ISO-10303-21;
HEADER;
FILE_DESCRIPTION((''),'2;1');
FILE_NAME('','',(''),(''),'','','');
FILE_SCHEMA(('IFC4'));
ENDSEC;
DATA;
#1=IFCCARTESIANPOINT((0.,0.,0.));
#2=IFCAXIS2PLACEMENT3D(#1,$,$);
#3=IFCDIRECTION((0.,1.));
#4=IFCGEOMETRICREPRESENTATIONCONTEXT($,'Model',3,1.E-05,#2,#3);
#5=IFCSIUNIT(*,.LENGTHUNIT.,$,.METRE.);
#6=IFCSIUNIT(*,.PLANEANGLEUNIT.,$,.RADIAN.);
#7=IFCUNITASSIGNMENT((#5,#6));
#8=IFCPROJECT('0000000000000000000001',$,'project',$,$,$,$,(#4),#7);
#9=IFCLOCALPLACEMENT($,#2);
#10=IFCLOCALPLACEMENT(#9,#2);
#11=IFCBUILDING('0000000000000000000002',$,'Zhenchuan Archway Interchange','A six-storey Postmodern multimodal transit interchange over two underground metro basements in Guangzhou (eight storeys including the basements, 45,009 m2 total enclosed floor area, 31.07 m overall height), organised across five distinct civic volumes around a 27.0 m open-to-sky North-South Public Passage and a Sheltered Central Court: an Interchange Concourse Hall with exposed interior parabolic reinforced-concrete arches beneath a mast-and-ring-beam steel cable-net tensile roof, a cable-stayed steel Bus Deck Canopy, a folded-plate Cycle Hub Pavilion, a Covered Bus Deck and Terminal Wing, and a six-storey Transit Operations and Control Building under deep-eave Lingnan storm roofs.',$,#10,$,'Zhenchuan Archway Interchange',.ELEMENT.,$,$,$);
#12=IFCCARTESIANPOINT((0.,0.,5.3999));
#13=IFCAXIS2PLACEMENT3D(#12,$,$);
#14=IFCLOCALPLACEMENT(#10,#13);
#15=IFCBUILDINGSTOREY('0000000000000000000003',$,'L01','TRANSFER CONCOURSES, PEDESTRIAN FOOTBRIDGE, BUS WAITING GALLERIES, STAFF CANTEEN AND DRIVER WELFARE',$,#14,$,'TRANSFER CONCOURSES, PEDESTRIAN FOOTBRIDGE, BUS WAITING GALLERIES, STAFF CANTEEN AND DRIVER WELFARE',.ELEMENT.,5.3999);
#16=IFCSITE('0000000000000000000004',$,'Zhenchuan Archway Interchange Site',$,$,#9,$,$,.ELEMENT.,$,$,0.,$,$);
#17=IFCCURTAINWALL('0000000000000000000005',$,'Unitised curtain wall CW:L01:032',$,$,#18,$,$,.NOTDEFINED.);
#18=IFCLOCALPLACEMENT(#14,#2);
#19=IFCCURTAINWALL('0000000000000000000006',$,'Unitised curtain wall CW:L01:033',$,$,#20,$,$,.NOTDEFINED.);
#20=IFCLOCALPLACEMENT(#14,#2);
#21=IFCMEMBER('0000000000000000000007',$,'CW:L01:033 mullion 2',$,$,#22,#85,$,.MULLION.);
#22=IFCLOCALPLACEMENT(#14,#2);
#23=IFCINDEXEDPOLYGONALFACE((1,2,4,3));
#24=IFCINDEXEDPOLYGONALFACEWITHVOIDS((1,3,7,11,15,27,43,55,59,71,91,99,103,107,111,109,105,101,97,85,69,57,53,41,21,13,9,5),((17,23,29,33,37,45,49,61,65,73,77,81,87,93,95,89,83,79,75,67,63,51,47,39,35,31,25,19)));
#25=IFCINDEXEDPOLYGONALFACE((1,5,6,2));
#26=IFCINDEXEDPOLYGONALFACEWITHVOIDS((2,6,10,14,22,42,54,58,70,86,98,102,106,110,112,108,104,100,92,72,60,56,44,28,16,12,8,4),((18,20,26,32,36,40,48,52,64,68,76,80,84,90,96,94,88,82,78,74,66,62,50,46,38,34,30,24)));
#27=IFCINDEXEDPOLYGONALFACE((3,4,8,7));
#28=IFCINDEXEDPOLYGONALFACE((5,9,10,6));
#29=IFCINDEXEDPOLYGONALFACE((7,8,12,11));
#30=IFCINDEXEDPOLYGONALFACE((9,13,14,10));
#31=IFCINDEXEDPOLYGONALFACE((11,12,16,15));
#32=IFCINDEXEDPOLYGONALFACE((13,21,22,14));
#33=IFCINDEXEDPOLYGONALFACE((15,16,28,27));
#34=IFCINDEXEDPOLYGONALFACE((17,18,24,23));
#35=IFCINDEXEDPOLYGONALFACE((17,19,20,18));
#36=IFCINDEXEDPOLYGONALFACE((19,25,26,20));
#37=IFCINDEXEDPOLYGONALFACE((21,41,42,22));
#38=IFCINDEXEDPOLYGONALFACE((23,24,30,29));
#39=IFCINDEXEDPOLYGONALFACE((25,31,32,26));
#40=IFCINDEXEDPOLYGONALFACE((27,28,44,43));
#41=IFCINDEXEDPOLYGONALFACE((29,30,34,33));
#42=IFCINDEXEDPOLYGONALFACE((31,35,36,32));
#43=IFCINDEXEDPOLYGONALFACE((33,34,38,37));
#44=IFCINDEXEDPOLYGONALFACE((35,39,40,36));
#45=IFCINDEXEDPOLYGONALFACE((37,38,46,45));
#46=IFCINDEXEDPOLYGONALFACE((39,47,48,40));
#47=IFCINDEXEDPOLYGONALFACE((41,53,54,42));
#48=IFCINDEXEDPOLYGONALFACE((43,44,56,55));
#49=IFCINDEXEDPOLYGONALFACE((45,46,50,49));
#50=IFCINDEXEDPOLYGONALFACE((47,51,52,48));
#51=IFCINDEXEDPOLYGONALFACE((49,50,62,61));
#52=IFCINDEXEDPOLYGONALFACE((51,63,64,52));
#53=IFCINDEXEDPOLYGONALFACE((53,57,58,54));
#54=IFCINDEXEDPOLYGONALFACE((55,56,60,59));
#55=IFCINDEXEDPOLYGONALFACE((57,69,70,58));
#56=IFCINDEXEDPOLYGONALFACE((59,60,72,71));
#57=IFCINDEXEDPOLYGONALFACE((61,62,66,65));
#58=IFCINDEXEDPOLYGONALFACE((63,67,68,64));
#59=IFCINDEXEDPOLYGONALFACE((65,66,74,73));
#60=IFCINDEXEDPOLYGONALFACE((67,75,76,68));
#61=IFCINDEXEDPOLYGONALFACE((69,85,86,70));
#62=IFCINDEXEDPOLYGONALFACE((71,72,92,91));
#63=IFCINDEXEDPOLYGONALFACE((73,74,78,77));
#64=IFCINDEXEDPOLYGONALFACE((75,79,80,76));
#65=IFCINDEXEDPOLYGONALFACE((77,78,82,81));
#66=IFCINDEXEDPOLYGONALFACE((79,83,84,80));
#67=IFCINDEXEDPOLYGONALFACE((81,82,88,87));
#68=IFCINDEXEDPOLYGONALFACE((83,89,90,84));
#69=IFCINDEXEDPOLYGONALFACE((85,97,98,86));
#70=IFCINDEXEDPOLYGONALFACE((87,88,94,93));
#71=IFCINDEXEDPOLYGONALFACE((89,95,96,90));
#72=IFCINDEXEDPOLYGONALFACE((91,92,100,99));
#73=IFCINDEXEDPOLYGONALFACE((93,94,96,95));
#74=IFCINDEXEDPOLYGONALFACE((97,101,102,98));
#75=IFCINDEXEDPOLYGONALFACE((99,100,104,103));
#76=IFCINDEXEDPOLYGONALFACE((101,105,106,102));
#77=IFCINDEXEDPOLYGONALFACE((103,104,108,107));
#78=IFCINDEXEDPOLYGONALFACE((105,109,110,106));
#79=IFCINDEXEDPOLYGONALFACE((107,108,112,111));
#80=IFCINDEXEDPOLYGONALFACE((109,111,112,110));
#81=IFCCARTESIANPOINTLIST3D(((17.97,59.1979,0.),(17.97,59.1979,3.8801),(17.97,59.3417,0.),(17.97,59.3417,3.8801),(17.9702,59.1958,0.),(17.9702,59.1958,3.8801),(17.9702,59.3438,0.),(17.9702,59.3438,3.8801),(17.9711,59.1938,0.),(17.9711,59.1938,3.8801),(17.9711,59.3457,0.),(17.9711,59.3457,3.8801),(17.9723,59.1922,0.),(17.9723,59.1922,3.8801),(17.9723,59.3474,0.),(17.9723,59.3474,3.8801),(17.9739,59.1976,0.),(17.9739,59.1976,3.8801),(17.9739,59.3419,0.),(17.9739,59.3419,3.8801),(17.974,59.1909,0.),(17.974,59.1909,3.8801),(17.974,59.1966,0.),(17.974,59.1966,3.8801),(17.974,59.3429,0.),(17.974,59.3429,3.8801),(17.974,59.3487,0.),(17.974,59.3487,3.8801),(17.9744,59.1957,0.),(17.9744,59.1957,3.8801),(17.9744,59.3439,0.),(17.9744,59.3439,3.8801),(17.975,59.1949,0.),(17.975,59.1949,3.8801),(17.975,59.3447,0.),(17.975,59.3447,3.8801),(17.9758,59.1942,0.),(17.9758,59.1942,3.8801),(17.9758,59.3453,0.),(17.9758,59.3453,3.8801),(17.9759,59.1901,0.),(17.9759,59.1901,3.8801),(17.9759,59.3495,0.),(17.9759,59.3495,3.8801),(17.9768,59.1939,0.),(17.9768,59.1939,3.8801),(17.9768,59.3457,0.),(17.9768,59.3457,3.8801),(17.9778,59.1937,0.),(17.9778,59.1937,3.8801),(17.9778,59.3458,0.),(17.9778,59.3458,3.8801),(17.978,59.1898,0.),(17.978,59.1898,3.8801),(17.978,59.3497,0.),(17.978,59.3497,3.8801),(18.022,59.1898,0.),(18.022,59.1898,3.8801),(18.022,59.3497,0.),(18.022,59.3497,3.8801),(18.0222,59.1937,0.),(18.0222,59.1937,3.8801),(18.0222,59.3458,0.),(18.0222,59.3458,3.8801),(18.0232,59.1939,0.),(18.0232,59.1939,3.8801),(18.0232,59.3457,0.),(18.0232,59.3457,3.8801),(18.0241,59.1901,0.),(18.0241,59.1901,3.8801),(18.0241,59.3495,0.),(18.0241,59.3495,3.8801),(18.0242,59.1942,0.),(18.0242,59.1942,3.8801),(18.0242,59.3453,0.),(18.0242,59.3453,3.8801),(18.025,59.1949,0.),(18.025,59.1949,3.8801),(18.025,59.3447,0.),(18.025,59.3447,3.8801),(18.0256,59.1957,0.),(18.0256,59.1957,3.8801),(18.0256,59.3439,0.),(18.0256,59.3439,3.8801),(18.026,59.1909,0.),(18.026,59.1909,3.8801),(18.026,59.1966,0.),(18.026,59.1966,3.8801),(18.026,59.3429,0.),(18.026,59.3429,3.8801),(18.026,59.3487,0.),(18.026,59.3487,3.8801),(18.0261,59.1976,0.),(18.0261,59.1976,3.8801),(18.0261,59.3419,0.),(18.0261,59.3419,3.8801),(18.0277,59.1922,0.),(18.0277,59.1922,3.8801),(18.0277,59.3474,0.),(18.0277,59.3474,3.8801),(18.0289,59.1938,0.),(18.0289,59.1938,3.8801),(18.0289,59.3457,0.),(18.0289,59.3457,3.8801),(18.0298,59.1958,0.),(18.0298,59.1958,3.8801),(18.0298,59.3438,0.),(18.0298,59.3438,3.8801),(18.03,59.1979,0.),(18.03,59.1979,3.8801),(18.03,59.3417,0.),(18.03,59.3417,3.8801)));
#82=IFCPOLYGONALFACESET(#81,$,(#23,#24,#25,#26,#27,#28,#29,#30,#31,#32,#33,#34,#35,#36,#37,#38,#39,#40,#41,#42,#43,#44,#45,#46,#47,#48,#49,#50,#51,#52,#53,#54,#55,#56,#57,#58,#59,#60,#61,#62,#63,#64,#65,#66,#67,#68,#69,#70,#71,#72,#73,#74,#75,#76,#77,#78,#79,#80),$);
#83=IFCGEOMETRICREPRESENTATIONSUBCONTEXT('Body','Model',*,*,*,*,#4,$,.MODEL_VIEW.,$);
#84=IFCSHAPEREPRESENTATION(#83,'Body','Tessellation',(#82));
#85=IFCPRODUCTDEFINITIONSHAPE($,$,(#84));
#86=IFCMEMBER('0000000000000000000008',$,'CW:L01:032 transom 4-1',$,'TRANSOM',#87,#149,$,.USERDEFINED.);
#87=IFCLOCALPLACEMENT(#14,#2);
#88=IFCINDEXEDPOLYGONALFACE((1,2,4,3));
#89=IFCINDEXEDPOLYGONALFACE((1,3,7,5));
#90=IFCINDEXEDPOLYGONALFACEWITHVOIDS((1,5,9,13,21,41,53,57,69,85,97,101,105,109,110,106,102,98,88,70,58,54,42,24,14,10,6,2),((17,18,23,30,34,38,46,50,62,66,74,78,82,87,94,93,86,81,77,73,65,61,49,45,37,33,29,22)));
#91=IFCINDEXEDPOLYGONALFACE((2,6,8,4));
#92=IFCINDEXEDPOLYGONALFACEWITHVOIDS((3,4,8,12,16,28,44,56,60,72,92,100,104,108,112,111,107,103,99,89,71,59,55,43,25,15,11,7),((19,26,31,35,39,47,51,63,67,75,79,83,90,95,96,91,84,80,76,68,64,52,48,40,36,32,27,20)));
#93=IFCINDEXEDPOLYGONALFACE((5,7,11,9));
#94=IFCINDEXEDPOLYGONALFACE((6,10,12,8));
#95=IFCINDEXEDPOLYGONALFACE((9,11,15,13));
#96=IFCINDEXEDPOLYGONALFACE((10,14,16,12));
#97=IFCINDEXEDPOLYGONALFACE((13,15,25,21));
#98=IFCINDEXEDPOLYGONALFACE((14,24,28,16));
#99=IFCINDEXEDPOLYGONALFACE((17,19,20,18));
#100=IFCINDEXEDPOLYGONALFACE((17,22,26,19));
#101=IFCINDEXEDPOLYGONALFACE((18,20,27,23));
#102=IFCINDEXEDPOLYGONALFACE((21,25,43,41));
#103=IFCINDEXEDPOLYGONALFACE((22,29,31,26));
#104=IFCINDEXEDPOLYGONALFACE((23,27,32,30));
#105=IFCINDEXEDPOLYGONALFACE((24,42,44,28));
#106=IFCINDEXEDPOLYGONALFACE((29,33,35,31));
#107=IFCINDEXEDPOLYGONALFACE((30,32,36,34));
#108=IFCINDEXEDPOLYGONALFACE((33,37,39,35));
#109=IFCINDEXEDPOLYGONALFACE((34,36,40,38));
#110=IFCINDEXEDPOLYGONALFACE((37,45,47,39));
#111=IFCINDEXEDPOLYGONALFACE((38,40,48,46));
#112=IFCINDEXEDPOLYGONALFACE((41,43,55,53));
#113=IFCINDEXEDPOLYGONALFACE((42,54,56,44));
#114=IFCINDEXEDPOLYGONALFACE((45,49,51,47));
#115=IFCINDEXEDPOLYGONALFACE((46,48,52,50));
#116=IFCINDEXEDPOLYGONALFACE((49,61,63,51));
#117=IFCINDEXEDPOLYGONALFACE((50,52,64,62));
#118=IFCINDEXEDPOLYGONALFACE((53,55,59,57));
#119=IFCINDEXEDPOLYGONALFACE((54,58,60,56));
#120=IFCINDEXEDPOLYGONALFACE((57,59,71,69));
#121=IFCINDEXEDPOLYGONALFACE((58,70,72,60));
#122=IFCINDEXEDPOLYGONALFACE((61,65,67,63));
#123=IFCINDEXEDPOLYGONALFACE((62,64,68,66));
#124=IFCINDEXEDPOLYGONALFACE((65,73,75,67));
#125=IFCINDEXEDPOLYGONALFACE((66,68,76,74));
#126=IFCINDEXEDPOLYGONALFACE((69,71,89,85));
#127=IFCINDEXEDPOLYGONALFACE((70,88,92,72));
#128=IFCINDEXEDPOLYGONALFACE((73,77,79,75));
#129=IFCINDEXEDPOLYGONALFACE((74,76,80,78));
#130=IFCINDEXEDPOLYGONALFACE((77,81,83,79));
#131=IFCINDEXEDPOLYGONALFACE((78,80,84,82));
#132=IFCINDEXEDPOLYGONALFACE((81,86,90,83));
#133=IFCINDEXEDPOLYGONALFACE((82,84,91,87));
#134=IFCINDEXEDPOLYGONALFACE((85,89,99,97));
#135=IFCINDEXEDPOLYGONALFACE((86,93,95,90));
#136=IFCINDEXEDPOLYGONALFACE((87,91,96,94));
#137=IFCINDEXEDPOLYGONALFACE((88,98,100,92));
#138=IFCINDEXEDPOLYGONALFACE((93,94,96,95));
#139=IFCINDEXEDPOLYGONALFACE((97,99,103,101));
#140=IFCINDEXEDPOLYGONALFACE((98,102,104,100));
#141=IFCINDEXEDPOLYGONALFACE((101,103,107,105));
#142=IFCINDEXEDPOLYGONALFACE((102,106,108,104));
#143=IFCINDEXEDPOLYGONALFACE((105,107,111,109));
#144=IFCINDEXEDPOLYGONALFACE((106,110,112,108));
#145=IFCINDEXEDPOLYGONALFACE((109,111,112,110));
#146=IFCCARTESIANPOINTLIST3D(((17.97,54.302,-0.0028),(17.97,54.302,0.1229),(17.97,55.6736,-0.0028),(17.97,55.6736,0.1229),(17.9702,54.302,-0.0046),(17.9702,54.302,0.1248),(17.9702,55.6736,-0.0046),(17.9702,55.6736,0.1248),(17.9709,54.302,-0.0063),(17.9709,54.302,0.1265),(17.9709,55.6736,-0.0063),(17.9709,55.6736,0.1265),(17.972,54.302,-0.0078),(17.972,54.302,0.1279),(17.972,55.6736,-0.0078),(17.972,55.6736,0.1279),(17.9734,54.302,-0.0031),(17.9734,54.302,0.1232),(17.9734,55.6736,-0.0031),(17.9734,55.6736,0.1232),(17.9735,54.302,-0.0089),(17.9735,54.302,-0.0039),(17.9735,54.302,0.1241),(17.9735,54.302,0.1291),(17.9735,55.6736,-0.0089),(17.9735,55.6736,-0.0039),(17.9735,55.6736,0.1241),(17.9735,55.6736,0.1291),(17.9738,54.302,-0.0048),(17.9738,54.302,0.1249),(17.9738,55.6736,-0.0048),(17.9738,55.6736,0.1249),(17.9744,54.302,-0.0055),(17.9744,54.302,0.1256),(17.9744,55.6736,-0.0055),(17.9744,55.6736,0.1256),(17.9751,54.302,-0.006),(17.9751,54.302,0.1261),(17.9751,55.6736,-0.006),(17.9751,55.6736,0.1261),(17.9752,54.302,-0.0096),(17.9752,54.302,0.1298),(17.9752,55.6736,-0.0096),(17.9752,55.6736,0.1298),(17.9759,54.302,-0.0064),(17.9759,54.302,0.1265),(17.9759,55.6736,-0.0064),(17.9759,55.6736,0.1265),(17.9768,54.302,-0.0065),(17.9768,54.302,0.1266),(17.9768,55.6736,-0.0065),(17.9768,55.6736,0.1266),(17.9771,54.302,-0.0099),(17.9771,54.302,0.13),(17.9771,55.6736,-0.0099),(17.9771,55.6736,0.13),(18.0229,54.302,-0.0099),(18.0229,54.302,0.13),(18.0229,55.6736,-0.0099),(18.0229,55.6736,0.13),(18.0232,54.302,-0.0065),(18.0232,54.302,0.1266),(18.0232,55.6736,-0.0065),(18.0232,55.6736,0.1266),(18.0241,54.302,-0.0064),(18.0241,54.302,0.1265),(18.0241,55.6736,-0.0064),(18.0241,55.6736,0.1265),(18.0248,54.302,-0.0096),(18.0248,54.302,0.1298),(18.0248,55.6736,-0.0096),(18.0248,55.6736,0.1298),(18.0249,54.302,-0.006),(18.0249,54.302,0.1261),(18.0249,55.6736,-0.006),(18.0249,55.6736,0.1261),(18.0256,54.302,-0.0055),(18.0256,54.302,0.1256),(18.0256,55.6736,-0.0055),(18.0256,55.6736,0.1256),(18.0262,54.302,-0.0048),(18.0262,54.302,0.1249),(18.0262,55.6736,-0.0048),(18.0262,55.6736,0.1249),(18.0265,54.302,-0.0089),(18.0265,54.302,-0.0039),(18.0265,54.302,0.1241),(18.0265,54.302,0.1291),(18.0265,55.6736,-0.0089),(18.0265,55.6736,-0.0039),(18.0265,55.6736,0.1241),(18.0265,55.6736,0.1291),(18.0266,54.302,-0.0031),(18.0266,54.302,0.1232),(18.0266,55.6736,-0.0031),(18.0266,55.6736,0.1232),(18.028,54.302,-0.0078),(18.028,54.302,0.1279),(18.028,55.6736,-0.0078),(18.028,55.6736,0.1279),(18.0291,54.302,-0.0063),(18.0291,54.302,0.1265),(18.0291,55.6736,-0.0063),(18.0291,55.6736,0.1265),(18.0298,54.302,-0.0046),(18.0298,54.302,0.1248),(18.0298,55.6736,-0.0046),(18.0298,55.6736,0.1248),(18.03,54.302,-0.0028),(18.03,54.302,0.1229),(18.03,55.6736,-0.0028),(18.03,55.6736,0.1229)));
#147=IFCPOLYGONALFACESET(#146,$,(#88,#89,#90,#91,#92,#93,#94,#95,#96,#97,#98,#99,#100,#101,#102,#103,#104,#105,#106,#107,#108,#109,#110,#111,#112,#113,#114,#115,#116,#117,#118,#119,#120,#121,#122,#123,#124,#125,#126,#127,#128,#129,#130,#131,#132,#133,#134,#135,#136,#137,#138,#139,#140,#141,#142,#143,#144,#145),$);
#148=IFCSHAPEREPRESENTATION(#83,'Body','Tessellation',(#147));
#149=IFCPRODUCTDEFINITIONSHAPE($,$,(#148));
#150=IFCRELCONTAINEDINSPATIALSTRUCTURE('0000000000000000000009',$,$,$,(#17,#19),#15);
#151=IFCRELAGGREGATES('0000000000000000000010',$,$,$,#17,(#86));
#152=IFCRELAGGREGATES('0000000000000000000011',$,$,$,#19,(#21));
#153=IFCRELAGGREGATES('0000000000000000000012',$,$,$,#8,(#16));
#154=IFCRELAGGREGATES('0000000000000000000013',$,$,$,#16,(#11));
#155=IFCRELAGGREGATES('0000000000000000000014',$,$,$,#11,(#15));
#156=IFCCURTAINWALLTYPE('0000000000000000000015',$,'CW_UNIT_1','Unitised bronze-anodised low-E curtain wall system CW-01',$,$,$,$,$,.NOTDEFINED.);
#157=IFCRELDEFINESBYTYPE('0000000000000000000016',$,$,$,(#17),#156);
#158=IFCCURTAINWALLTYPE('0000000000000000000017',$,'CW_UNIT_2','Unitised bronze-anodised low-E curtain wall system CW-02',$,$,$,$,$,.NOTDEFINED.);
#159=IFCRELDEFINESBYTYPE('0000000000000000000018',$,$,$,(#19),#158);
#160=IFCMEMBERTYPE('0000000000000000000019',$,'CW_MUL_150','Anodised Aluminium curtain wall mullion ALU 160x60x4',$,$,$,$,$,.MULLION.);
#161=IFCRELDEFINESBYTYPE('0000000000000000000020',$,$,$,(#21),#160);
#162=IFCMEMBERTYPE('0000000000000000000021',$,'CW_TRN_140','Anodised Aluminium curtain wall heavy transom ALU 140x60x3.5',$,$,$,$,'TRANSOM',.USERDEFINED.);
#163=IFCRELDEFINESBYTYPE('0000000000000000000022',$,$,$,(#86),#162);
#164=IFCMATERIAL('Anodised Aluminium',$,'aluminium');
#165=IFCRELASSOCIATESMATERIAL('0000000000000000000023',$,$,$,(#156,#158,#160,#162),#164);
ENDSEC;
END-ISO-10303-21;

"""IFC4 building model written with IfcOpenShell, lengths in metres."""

from ifc_helpers import new_model, si_unit, direction, frame, origin, origin_2d, place, context, subcontext, project, spatial, hollow_rectangle, extrude, material, material_profile, profile_set, type_object, element, aggregate, save


model = new_model("IFC4")

# Units and contexts
model_context = context("Model", 3, precision=1e-05, world=origin(), true_north=direction((0.0, 1.0)))
body_context = subcontext(model_context, "Body", "Model", "MODEL_VIEW")
ifc_project = project(units=[si_unit("LENGTHUNIT", "METRE"), si_unit("PLANEANGLEUNIT", "RADIAN")], contexts=[model_context])

# Site, building, storey
site_placement = place(None, origin())
site = spatial("IfcSite", under=ifc_project, at=site_placement, Name="Zhenchuan Archway Interchange Site", CompositionType="ELEMENT", RefElevation=0.0)
building_placement = place(site_placement, origin())
building = spatial("IfcBuilding", under=site, at=building_placement, Name="Zhenchuan Archway Interchange", Description="A six-storey Postmodern multimodal transit interchange over two underground metro basements in Guangzhou (eight storeys including the basements, 45,009 m2 total enclosed floor area, 31.07 m overall height), organised across five distinct civic volumes around a 27.0 m open-to-sky North-South Public Passage and a Sheltered Central Court: an Interchange Concourse Hall with exposed interior parabolic reinforced-concrete arches beneath a mast-and-ring-beam steel cable-net tensile roof, a cable-stayed steel Bus Deck Canopy, a folded-plate Cycle Hub Pavilion, a Covered Bus Deck and Terminal Wing, and a six-storey Transit Operations and Control Building under deep-eave Lingnan storm roofs.", LongName="Zhenchuan Archway Interchange", CompositionType="ELEMENT")
storey_placement = place(building_placement, frame((0.0, 0.0, 5.3999)))
storey = spatial("IfcBuildingStorey", under=building, at=storey_placement, Name="L01", Description="TRANSFER CONCOURSES, PEDESTRIAN FOOTBRIDGE, BUS WAITING GALLERIES, STAFF CANTEEN AND DRIVER WELFARE", LongName="TRANSFER CONCOURSES, PEDESTRIAN FOOTBRIDGE, BUS WAITING GALLERIES, STAFF CANTEEN AND DRIVER WELFARE", CompositionType="ELEMENT", Elevation=5.3999)

# Curtain walls, member
ifc_material_1 = material(Name="Anodised Aluminium", Category="aluminium")
curtain_wall_type_1 = type_object("IfcCurtainWallType", Name="CW_UNIT_1", Description="Unitised bronze-anodised low-E curtain wall system CW-01", PredefinedType="NOTDEFINED", material=ifc_material_1)
curtain_wall_1_placement = place(storey_placement, origin())
curtain_wall_1 = element("IfcCurtainWall", 1, at=curtain_wall_1_placement, inside=storey, type_object=curtain_wall_type_1, Name="Unitised curtain wall CW:L01:032", PredefinedType="NOTDEFINED")
ifc_material_profile_1 = material_profile(ifc_material_1, hollow_rectangle(XDim=0.0601, YDim=0.1599, WallThickness=0.0039, InnerFilletRadius=0.0039, OuterFilletRadius=0.0081, at=origin_2d()), Name="ALU 160x60x4")
ifc_profile_set_1 = profile_set([ifc_material_profile_1], Name="Anodised Aluminium")
member_type_1 = type_object("IfcMemberType", Name="CW_MUL_150", Description="Anodised Aluminium curtain wall mullion ALU 160x60x4", PredefinedType="MULLION", material=ifc_profile_set_1)
curtain_wall_type_2 = type_object("IfcCurtainWallType", Name="CW_UNIT_2", Description="Unitised bronze-anodised low-E curtain wall system CW-02", PredefinedType="NOTDEFINED", material=ifc_material_1)
curtain_wall_2_placement = place(storey_placement, origin())
curtain_wall_2 = element("IfcCurtainWall", 2, at=curtain_wall_2_placement, inside=storey, type_object=curtain_wall_type_2, Name="Unitised curtain wall CW:L01:033", PredefinedType="NOTDEFINED")
member_1_placement = place(storey_placement, frame((18.0, 59.2698, 0.0), z_axis=(0.0, 0.0, 1.0), x_axis=(1.0, 0.0, 0.0)))
member_1 = element("IfcMember", 3, at=member_1_placement, type_object=member_type_1, Name="CW:L01:033 mullion 2", PredefinedType="MULLION", context=body_context, shape_type="SweptSolid", body=[
    extrude(hollow_rectangle(XDim=0.0601, YDim=0.1599, WallThickness=0.0039, InnerFilletRadius=0.0039, OuterFilletRadius=0.0081, at=origin_2d()), origin(), (0.0, 0.0, 1.0), 3.8801),
])

# Member
ifc_material_profile_2 = material_profile(ifc_material_1, hollow_rectangle(XDim=0.0601, YDim=0.1399, WallThickness=0.0034, InnerFilletRadius=0.0034, OuterFilletRadius=0.0071, at=origin_2d()), Name="ALU 140x60x3.5")
ifc_profile_set_2 = profile_set([ifc_material_profile_2], Name="Anodised Aluminium")
member_type_2 = type_object("IfcMemberType", Name="CW_TRN_140", Description="Anodised Aluminium curtain wall heavy transom ALU 140x60x3.5", ElementType="TRANSOM", PredefinedType="USERDEFINED", material=ifc_profile_set_2)
member_2_placement = place(storey_placement, frame((18.0, 54.302, 0.0601), z_axis=(0.0, 1.0, 0.0), x_axis=(-1.0, 0.0, 0.0)))
member_2 = element("IfcMember", 4, at=member_2_placement, type_object=member_type_2, Name="CW:L01:032 transom 4-1", ObjectType="TRANSOM", PredefinedType="USERDEFINED", context=body_context, shape_type="SweptSolid", body=[
    extrude(hollow_rectangle(XDim=0.0601, YDim=0.1399, WallThickness=0.0034, InnerFilletRadius=0.0034, OuterFilletRadius=0.0071, at=origin_2d()), origin(), (0.0, 0.0, 1.0), 1.3716),
])

aggregate(curtain_wall_1, [member_2])
aggregate(curtain_wall_2, [member_1])

save(model, "model.ifc")
